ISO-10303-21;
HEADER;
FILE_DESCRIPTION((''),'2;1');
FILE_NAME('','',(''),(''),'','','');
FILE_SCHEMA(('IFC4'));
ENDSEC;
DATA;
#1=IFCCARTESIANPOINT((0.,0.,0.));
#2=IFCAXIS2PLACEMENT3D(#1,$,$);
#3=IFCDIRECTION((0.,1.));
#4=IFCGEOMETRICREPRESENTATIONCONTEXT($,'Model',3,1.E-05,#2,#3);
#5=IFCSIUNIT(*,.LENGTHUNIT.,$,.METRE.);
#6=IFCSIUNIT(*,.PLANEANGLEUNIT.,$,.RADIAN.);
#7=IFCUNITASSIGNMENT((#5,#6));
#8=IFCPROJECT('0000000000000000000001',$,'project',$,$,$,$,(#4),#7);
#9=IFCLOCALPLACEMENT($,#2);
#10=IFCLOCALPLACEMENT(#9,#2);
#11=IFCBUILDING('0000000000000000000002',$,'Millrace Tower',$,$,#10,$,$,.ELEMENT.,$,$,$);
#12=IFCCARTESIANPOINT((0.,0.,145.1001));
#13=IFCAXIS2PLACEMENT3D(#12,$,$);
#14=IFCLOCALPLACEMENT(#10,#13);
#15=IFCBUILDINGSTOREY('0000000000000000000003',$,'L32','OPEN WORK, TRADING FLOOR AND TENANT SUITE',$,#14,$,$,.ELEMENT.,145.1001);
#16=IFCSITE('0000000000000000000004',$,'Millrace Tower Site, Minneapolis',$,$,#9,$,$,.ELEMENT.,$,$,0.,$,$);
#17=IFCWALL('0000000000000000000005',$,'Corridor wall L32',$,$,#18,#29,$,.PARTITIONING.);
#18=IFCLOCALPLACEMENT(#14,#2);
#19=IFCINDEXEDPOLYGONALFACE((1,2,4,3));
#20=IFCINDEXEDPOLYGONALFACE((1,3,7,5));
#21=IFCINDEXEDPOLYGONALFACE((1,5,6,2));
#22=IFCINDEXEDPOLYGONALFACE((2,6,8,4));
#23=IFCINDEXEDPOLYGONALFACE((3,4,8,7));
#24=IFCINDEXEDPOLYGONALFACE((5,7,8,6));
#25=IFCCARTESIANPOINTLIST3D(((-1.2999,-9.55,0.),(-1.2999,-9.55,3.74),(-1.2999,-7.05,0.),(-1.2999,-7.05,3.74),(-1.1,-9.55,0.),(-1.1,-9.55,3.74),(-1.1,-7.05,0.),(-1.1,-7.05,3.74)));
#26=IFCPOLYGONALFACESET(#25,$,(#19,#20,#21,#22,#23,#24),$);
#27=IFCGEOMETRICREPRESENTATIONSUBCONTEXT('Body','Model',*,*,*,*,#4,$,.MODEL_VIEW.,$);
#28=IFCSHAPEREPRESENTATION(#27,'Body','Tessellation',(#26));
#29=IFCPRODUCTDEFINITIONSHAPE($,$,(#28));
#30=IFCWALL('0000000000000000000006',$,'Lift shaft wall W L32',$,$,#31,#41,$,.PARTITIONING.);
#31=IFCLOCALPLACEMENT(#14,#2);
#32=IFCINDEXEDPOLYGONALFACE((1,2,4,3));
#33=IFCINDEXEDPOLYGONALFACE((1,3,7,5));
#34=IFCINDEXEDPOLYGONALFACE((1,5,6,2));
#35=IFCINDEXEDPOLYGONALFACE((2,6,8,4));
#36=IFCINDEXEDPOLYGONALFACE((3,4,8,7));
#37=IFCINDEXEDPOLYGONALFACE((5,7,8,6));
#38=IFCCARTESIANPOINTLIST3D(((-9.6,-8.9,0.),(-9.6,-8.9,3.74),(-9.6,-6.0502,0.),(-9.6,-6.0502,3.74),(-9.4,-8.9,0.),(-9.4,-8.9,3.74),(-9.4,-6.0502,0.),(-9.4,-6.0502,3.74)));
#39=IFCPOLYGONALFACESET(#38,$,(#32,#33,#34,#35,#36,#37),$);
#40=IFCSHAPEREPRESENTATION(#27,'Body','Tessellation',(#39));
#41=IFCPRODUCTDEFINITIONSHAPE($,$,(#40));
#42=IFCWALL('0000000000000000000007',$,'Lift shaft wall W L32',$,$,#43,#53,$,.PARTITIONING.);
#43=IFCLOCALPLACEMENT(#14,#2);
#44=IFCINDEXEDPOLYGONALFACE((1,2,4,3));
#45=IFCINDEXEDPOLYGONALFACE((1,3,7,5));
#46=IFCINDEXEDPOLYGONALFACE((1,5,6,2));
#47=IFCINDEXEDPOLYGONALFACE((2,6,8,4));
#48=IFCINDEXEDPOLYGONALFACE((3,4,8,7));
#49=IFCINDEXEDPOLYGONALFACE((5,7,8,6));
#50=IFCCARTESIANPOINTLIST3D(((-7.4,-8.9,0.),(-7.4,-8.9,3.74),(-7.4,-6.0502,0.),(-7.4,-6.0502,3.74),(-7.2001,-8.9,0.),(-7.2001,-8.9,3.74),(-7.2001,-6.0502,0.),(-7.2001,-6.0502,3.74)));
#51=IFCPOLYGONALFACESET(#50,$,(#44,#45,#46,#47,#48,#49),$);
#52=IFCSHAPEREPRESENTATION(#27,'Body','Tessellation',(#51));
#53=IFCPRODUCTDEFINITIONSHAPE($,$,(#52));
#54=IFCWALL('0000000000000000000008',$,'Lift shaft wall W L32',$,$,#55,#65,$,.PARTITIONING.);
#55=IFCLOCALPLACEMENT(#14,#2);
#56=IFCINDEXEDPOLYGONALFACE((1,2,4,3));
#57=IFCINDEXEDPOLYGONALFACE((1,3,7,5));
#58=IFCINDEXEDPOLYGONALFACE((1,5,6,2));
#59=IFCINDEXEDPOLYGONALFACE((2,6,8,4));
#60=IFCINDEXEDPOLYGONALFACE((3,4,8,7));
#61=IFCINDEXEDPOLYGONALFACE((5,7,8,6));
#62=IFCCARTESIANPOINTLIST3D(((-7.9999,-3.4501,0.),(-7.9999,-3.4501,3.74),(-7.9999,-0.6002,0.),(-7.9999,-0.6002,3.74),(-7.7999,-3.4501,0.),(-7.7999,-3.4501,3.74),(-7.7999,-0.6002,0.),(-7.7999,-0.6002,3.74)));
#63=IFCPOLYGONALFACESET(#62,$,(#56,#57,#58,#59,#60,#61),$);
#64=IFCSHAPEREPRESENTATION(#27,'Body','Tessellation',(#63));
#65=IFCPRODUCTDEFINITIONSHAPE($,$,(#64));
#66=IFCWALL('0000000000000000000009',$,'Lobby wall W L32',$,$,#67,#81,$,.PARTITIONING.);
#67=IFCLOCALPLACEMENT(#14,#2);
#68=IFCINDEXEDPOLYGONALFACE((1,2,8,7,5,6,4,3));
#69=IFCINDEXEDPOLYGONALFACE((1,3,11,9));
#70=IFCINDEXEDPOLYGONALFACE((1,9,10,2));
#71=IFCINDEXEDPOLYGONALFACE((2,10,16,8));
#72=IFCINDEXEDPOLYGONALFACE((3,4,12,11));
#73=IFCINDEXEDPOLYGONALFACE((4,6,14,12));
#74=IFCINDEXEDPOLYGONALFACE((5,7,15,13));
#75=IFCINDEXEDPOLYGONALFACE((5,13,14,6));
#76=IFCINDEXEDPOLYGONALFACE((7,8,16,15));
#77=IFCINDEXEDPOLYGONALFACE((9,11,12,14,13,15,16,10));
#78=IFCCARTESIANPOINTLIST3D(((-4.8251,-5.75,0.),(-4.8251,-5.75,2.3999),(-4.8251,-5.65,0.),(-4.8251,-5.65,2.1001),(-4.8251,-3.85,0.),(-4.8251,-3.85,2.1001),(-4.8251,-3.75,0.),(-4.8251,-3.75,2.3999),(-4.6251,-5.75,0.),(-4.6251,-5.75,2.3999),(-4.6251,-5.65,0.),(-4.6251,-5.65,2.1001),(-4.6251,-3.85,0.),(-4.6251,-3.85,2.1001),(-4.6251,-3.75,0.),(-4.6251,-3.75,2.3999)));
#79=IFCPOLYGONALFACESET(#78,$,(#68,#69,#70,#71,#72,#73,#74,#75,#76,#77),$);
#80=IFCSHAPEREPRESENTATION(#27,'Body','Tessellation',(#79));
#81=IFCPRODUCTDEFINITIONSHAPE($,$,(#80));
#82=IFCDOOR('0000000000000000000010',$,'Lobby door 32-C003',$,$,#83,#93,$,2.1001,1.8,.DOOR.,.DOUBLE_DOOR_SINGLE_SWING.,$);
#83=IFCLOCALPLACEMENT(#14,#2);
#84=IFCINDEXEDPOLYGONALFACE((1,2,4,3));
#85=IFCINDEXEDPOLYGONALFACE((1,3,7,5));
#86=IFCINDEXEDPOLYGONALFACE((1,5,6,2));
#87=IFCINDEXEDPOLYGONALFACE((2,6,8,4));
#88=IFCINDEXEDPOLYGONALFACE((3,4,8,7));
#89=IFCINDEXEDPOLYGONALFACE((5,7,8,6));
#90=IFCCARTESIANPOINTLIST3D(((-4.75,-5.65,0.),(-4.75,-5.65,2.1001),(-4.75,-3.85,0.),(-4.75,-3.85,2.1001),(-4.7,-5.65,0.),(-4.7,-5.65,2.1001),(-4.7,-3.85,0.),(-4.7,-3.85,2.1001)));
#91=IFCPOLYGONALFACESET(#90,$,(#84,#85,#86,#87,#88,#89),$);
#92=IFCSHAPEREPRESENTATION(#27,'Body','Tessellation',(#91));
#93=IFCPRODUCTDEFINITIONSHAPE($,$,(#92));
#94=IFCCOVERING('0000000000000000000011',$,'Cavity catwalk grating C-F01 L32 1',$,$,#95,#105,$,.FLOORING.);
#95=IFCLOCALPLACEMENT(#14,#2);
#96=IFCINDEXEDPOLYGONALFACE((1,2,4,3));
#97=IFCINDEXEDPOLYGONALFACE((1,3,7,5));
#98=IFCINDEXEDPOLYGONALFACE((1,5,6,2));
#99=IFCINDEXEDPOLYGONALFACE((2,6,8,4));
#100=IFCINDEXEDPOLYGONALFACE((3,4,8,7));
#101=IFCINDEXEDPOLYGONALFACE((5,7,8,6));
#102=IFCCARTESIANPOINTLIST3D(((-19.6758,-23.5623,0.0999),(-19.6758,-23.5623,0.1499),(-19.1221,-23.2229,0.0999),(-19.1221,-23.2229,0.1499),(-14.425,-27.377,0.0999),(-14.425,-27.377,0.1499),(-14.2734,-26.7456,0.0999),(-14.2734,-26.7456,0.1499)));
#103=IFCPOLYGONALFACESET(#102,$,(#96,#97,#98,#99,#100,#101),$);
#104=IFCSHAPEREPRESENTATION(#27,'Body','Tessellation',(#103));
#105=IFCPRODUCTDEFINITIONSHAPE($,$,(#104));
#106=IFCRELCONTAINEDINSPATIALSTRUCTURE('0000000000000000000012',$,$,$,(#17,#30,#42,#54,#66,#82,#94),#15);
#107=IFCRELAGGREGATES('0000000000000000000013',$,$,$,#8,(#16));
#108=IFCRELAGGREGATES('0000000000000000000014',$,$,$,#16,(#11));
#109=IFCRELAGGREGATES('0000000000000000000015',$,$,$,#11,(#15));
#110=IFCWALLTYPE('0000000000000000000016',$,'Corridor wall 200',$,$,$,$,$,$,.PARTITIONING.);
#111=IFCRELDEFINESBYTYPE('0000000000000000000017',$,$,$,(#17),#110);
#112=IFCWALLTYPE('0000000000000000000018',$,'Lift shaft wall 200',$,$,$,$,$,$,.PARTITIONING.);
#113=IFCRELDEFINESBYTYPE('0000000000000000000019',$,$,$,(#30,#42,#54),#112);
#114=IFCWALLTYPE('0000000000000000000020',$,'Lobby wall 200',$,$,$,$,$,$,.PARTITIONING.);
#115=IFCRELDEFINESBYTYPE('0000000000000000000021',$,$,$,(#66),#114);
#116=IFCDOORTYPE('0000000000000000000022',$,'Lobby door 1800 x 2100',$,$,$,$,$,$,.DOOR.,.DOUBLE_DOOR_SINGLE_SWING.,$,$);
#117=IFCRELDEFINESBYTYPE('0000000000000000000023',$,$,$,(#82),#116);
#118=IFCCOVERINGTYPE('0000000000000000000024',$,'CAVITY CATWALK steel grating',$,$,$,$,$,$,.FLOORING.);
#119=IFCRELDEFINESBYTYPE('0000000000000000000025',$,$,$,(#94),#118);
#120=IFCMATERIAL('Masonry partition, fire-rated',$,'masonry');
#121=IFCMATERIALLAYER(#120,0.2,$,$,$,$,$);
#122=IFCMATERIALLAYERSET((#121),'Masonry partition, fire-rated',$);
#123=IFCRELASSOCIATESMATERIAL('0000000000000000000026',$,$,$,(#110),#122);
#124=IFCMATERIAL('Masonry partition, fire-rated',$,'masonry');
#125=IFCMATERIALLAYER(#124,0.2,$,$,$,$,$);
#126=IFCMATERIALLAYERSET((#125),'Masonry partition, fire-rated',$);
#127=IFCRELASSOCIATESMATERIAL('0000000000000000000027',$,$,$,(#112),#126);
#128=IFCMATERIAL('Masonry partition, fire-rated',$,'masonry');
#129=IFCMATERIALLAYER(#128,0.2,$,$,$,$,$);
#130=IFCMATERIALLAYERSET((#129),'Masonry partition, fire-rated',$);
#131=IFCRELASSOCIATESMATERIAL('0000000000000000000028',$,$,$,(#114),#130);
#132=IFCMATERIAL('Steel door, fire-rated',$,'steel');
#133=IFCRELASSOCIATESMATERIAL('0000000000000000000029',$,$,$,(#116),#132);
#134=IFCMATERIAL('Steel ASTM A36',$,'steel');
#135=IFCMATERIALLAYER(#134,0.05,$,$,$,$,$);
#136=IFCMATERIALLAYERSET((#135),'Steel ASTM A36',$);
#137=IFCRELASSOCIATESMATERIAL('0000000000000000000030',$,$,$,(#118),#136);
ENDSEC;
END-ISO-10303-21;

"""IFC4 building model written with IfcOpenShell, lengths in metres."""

from ifc_helpers import new_model, si_unit, direction, frame, frame_2d, origin, place, context, subcontext, project, spatial, polyline, rectangle, outline, extrude, material, layer, layer_set, type_object, element, fill, save


model = new_model("IFC4")

# Units and contexts
model_context = context("Model", 3, precision=1e-05, world=origin(), true_north=direction((0.0, 1.0)))
body_context = subcontext(model_context, "Body", "Model", "MODEL_VIEW")
ifc_project = project(units=[si_unit("LENGTHUNIT", "METRE"), si_unit("PLANEANGLEUNIT", "RADIAN")], contexts=[model_context])

# Site, building, storey
site_placement = place(None, origin())
site = spatial("IfcSite", under=ifc_project, at=site_placement, Name="Millrace Tower Site, Minneapolis", CompositionType="ELEMENT", RefElevation=0.0)
building_placement = place(site_placement, origin())
building = spatial("IfcBuilding", under=site, at=building_placement, Name="Millrace Tower", CompositionType="ELEMENT")
storey_placement = place(building_placement, frame((0.0, 0.0, 145.1001)))
storey = spatial("IfcBuildingStorey", under=building, at=storey_placement, Name="L32", Description="OPEN WORK, TRADING FLOOR AND TENANT SUITE", CompositionType="ELEMENT", Elevation=145.1001)

# Shared definitions
ifc_material_1 = material(Name="Masonry partition, fire-rated", Category="masonry")
ifc_layer_1 = layer(ifc_material_1, 0.2)
ifc_layer_set_1 = layer_set([ifc_layer_1], Name="Masonry partition, fire-rated")
wall_type_1 = type_object("IfcWallType", Name="Corridor wall 200", PredefinedType="PARTITIONING", material=ifc_layer_set_1)

# Walls
wall_1_placement = place(storey_placement, frame((-1.2, -9.55, 0.0), z_axis=(0.0, 0.0, 1.0), x_axis=(0.0, 1.0, 0.0)))
element("IfcWall", 1, at=wall_1_placement, inside=storey, type_object=wall_type_1, Name="Corridor wall L32", PredefinedType="PARTITIONING", context=body_context, shape_type="SweptSolid", body=[
    extrude(rectangle(XDim=2.5, YDim=0.2, at=frame_2d((1.25, 0.0))), origin(), (0.0, 0.0, 1.0), 3.74),
])
ifc_material_2 = material(Name="Masonry partition, fire-rated", Category="masonry")
ifc_layer_2 = layer(ifc_material_2, 0.2)
ifc_layer_set_2 = layer_set([ifc_layer_2], Name="Masonry partition, fire-rated")
wall_type_2 = type_object("IfcWallType", Name="Lift shaft wall 200", PredefinedType="PARTITIONING", material=ifc_layer_set_2)
for number, where, z_axis, x_axis, name in (
    (2, (-9.5, -8.8999, 0.0), (0.0, 0.0, 1.0), (0.0, 1.0, 0.0), "Lift shaft wall W L32"),
    (3, (-7.3, -8.8999, 0.0), (0.0, 0.0, 1.0), (0.0, 1.0, 0.0), "Lift shaft wall W L32"),
    (4, (-7.8999, -3.45, 0.0), (0.0, 0.0, 1.0), (0.0, 1.0, 0.0), "Lift shaft wall W L32"),
):
    element("IfcWall", number, at=place(storey_placement, frame(where, z_axis=z_axis, x_axis=x_axis)), inside=storey, type_object=wall_type_2, Name=name, PredefinedType="PARTITIONING", context=body_context, shape_type="SweptSolid", body=[
        extrude(rectangle(XDim=2.8499, YDim=0.2, at=frame_2d((1.4248, 0.0))), origin(), (0.0, 0.0, 1.0), 3.74),
    ])

# Wall, opening, door
ifc_material_3 = material(Name="Masonry partition, fire-rated", Category="masonry")
ifc_layer_3 = layer(ifc_material_3, 0.2)
ifc_layer_set_3 = layer_set([ifc_layer_3], Name="Masonry partition, fire-rated")
wall_type_3 = type_object("IfcWallType", Name="Lobby wall 200", PredefinedType="PARTITIONING", material=ifc_layer_set_3)
wall_2_placement = place(storey_placement, frame((-4.7251, -5.75, 0.0), z_axis=(0.0, 0.0, 1.0), x_axis=(0.0, 1.0, 0.0)))
wall_2 = element("IfcWall", 5, at=wall_2_placement, inside=storey, type_object=wall_type_3, Name="Lobby wall W L32", PredefinedType="PARTITIONING", context=body_context, shape_type="SweptSolid", body=[
    extrude(rectangle(XDim=2.0, YDim=0.2, at=frame_2d((1.0, 0.0))), origin(), (0.0, 0.0, 1.0), 2.3999),
])
opening_1_placement = place(wall_2_placement, frame((0.1001, 0.0, 0.0)))
opening_1 = element("IfcOpeningElement", 6, at=opening_1_placement, cuts=wall_2, PredefinedType="OPENING", context=body_context, shape_type="SweptSolid", body=[
    extrude(rectangle(XDim=1.8, YDim=2.1001, at=frame_2d((0.8999, 1.05))), frame((0.0, 0.1099, 0.0), z_axis=(0.0, -1.0, 0.0), x_axis=(1.0, 0.0, 0.0)), (0.0, 0.0, 1.0), 0.22),
])
ifc_material_4 = material(Name="Steel door, fire-rated", Category="steel")
door_type_1 = type_object("IfcDoorType", Name="Lobby door 1800 x 2100", OperationType="DOUBLE_DOOR_SINGLE_SWING", PredefinedType="DOOR", material=ifc_material_4)
door_1_placement = place(opening_1_placement, origin())
door_1 = element("IfcDoor", 7, at=door_1_placement, inside=storey, type_object=door_type_1, Name="Lobby door 32-C003", OperationType="DOUBLE_DOOR_SINGLE_SWING", OverallHeight=2.1001, OverallWidth=1.8, PredefinedType="DOOR", context=body_context, shape_type="SweptSolid", body=[
    extrude(rectangle(XDim=1.8, YDim=2.1001, at=frame_2d((0.8999, 1.05))), frame((0.0, 0.0249, 0.0), z_axis=(0.0, -1.0, 0.0), x_axis=(1.0, 0.0, 0.0)), (0.0, 0.0, 1.0), 0.05),
])
fill(opening_1, door_1)

# Covering
ifc_material_5 = material(Name="Steel ASTM A36", Category="steel")
ifc_layer_4 = layer(ifc_material_5, 0.05)
ifc_layer_set_4 = layer_set([ifc_layer_4], Name="Steel ASTM A36")
covering_type = type_object("IfcCoveringType", Name="CAVITY CATWALK steel grating", PredefinedType="FLOORING", material=ifc_layer_set_4)
covering_placement = place(storey_placement, frame((0.0, 0.0, 0.0999)))
element("IfcCovering", 8, at=covering_placement, inside=storey, type_object=covering_type, Name="Cavity catwalk grating C-F01 L32 1", PredefinedType="FLOORING", context=body_context, shape_type="SweptSolid", body=[
    extrude(outline(polyline([(-19.6758, -23.5623), (-14.425, -27.377), (-14.2734, -26.7456), (-19.1221, -23.2229), (-19.6758, -23.5623)])), origin(), (0.0, 0.0, 1.0), 0.05),
])

save(model, "model.ifc")
